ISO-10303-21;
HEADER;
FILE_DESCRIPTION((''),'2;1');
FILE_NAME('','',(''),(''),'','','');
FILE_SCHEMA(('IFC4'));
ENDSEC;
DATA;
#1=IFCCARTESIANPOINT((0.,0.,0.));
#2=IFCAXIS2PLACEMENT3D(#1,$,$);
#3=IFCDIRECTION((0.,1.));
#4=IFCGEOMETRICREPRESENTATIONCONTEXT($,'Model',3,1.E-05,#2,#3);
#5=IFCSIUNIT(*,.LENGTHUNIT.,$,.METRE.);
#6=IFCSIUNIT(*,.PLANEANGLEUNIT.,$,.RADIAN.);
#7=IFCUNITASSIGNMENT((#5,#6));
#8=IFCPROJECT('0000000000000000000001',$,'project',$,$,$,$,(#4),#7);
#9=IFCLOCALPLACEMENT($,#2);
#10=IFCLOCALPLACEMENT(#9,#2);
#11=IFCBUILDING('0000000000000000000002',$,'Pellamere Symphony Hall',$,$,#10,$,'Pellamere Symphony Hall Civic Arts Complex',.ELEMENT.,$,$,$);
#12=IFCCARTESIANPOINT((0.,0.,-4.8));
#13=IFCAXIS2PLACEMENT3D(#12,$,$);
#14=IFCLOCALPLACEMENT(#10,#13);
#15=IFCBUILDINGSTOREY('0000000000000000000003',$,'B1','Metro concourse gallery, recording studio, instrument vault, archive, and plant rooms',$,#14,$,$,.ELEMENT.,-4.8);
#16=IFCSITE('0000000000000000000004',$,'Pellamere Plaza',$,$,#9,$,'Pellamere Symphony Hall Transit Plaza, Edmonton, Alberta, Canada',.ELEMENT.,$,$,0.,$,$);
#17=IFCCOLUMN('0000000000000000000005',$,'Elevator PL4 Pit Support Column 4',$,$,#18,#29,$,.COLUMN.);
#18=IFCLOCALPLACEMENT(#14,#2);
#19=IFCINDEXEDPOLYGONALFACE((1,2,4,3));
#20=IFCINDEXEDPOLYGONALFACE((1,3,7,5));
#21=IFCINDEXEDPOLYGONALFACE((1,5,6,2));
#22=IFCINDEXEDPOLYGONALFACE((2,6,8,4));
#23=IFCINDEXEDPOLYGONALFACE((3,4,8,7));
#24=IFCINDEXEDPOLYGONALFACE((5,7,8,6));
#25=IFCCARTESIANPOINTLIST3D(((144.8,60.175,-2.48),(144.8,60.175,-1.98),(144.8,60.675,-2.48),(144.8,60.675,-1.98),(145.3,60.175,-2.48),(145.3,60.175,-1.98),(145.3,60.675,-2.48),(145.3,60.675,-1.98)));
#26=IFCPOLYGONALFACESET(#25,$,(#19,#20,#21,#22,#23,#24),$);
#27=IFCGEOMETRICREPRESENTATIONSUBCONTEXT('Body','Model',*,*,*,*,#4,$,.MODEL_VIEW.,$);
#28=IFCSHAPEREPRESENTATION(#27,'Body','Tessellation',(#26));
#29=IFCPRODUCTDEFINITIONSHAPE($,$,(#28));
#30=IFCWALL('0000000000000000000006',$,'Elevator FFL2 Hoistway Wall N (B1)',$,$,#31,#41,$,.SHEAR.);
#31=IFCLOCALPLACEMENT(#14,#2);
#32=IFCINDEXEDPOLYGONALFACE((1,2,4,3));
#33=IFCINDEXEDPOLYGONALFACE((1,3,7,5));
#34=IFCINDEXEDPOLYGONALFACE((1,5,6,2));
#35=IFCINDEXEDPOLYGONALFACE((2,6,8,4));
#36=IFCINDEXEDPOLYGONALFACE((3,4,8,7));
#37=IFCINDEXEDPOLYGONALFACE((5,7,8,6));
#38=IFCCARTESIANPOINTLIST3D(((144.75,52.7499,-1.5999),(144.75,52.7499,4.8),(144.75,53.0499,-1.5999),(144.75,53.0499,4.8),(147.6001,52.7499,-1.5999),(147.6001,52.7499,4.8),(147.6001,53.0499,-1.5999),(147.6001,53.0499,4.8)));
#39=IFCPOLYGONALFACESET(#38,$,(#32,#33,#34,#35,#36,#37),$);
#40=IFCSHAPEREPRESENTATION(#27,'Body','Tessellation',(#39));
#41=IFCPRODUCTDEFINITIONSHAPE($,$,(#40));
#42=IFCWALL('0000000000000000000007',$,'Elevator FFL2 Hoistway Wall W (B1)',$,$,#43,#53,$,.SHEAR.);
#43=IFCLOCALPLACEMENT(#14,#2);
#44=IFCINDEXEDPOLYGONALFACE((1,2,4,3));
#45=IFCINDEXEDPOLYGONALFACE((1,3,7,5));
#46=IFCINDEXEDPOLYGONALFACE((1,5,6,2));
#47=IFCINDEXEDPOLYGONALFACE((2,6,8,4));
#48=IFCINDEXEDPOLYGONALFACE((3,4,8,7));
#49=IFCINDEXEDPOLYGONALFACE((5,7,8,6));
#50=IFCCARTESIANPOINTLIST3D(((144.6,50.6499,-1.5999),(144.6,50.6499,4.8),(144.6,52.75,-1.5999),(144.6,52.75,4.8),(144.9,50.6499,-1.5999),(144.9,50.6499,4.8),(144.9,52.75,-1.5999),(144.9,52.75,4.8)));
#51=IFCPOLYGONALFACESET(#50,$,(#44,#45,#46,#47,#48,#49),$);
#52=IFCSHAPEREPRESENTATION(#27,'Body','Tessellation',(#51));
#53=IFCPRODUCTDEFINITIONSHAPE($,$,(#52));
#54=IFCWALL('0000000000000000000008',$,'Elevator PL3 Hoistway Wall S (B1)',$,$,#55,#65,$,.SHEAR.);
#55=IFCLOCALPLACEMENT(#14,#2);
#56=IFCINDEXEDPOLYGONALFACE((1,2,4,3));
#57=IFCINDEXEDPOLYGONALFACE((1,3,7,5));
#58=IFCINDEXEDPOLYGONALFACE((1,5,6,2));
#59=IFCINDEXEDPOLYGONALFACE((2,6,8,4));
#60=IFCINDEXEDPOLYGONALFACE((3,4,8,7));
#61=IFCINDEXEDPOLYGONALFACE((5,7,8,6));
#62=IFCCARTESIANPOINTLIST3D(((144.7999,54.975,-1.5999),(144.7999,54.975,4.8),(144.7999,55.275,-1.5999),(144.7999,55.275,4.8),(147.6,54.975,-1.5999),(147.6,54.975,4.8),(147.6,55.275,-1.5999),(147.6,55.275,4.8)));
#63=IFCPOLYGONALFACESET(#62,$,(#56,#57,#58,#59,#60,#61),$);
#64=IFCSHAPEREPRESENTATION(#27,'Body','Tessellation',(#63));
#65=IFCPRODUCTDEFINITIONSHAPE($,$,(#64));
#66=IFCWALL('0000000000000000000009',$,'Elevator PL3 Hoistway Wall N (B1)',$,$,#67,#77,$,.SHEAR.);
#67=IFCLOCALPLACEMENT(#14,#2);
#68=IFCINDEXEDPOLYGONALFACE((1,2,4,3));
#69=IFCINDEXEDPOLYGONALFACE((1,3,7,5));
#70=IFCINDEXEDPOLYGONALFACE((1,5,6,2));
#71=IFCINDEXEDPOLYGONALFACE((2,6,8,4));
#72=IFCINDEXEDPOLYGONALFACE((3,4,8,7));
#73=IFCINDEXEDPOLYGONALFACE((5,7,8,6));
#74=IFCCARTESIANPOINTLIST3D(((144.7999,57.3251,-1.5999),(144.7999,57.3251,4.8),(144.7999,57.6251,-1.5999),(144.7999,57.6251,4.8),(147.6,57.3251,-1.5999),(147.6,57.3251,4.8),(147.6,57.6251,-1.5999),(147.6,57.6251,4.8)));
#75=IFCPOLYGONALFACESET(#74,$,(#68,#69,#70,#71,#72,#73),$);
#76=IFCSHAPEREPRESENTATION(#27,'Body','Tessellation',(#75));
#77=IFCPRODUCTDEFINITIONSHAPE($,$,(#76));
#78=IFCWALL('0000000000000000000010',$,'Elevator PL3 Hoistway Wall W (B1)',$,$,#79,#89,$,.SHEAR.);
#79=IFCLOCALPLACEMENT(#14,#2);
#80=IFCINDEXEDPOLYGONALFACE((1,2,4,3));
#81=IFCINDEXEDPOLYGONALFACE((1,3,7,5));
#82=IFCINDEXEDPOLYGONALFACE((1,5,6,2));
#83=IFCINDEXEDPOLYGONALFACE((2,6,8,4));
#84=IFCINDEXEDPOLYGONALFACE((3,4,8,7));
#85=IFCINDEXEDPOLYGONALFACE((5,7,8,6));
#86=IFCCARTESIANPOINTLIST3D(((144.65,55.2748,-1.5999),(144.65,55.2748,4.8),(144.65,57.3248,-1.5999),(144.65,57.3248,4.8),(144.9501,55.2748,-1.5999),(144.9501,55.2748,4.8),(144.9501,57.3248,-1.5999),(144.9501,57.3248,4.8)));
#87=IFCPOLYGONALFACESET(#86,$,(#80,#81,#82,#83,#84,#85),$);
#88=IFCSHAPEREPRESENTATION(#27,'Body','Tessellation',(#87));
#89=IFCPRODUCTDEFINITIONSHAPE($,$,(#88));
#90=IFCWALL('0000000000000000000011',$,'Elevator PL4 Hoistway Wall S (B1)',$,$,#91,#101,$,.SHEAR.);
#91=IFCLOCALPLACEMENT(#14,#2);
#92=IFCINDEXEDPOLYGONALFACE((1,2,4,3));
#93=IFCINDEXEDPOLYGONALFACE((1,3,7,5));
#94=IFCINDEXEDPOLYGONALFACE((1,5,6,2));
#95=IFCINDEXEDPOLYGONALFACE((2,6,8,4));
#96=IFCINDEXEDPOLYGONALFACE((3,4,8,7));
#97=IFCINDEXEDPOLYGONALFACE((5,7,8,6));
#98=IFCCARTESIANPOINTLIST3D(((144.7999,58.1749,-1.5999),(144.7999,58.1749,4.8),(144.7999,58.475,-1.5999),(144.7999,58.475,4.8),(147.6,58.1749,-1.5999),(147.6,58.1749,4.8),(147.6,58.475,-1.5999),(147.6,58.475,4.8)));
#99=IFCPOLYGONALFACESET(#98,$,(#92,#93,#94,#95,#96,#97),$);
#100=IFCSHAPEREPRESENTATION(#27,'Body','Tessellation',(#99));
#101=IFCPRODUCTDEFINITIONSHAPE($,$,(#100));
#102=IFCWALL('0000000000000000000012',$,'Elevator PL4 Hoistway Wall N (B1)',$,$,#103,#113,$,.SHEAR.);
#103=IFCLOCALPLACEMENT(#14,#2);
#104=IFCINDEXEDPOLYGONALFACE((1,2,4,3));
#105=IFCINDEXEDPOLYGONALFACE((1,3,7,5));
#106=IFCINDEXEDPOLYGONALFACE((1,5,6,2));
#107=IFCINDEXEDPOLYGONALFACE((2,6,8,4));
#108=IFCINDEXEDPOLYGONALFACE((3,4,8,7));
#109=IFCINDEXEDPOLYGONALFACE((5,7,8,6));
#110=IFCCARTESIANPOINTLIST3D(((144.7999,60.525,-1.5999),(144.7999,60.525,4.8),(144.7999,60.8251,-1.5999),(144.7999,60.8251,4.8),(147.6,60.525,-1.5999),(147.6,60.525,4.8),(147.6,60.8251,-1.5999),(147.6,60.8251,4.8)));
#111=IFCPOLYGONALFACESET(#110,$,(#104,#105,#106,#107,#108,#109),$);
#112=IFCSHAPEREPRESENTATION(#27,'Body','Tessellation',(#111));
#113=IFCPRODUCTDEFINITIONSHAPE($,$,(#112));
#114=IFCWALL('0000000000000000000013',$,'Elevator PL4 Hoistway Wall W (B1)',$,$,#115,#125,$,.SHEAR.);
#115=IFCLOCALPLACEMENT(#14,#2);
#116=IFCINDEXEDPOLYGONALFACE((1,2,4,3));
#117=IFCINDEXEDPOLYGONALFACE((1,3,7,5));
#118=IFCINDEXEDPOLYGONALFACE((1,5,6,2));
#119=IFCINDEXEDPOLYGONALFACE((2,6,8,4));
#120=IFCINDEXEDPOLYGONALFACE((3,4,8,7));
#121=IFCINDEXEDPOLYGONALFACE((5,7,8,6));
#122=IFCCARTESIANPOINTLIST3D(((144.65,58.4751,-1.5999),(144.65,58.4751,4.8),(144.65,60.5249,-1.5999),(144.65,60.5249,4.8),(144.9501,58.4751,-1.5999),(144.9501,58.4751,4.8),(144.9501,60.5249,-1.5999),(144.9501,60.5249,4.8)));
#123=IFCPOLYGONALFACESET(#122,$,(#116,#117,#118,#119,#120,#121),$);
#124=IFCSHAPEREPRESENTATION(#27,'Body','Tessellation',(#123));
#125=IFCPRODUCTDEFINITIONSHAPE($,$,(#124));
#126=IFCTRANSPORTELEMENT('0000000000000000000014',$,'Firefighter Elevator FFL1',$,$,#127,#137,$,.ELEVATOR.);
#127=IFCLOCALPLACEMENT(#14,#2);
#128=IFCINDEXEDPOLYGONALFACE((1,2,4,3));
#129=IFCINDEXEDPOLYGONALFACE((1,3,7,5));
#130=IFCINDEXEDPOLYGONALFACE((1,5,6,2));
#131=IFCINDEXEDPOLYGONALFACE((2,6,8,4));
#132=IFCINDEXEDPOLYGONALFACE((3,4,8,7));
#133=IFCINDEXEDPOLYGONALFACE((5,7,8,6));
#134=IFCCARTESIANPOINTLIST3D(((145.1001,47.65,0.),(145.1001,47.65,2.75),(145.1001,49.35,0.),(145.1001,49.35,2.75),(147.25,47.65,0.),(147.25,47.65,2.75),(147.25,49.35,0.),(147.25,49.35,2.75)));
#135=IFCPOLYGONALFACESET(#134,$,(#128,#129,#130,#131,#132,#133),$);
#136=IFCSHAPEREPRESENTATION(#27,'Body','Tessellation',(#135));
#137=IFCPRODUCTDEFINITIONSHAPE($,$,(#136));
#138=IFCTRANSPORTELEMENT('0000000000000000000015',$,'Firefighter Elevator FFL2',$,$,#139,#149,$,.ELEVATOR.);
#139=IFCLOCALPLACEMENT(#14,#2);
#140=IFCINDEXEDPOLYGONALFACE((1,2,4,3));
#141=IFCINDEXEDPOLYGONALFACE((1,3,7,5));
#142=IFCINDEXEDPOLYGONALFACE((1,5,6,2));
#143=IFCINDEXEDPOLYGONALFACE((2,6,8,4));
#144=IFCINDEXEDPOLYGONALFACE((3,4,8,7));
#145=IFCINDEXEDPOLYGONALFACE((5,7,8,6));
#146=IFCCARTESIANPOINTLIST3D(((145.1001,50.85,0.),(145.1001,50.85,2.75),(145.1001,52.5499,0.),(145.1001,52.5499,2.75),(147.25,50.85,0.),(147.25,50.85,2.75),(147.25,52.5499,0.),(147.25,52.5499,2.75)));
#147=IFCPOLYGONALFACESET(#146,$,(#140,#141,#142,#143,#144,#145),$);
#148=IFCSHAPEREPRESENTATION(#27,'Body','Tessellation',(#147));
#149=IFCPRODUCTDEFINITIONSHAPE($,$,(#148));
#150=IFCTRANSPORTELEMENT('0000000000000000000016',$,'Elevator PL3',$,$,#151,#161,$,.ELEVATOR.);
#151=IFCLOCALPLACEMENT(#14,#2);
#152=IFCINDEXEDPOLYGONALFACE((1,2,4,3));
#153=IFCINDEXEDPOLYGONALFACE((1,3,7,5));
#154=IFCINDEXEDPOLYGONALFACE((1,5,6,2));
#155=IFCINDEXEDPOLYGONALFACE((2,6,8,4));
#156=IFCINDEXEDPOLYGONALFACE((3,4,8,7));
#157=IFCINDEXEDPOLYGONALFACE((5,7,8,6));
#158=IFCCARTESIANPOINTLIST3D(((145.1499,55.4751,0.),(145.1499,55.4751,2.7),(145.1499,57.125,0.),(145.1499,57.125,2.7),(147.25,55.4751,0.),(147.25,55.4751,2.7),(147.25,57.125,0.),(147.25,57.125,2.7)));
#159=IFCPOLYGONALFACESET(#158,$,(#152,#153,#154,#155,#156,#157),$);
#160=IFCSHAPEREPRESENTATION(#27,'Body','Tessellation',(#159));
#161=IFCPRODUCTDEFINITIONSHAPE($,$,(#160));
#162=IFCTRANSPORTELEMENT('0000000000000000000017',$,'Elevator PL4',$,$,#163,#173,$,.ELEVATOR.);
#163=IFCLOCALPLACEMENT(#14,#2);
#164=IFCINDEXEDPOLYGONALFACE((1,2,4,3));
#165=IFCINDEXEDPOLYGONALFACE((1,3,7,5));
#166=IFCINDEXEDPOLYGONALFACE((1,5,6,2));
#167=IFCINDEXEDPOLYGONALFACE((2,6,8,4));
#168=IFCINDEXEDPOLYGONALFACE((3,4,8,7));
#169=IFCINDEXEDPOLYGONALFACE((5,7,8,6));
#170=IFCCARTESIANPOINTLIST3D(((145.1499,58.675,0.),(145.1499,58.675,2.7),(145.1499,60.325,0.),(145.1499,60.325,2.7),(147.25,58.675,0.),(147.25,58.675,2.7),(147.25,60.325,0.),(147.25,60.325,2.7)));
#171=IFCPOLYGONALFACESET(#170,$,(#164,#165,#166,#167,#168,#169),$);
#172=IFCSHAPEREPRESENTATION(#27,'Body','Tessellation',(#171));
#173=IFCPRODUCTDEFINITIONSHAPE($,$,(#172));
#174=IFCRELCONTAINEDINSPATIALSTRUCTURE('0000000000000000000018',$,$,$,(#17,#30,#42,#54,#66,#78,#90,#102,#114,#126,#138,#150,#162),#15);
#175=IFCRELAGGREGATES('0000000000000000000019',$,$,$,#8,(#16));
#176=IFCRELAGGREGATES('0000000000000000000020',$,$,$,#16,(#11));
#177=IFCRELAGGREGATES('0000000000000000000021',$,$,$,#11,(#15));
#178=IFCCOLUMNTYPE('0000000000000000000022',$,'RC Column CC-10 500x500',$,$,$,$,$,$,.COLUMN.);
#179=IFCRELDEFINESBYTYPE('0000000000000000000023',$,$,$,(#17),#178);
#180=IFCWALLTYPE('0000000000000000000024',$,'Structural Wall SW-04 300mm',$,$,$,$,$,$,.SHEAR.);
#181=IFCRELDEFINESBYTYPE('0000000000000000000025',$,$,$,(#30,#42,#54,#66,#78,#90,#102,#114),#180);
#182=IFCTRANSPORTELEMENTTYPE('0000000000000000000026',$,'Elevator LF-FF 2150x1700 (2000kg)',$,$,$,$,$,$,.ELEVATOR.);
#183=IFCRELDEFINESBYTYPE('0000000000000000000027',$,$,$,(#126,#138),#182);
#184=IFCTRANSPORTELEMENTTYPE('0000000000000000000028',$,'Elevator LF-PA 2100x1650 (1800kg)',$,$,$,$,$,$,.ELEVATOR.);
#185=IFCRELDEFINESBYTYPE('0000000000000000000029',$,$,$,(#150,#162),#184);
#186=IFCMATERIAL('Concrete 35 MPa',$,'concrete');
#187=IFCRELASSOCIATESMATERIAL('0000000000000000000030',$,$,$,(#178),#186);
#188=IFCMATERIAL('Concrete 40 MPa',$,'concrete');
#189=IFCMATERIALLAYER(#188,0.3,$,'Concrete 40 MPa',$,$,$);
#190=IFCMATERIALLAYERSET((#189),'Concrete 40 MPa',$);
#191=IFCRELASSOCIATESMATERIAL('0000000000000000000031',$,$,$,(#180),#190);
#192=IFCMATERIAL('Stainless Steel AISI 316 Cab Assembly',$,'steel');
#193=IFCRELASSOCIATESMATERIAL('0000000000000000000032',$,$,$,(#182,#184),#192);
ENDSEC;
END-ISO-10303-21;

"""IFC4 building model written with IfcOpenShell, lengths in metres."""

from ifc_helpers import new_model, si_unit, direction, frame, frame_2d, origin, origin_2d, place, context, subcontext, project, spatial, rectangle, extrude, material, layer, layer_set, material_profile, profile_set, type_object, element, save


model = new_model("IFC4")

# Units and contexts
model_context = context("Model", 3, precision=1e-05, world=origin(), true_north=direction((0.0, 1.0)))
body_context = subcontext(model_context, "Body", "Model", "MODEL_VIEW")
ifc_project = project(units=[si_unit("LENGTHUNIT", "METRE"), si_unit("PLANEANGLEUNIT", "RADIAN")], contexts=[model_context])

# Site, building, storey
site_placement = place(None, origin())
site = spatial("IfcSite", under=ifc_project, at=site_placement, Name="Pellamere Plaza", LongName="Pellamere Symphony Hall Transit Plaza, Edmonton, Alberta, Canada", CompositionType="ELEMENT", RefElevation=0.0)
building_placement = place(site_placement, origin())
building = spatial("IfcBuilding", under=site, at=building_placement, Name="Pellamere Symphony Hall", LongName="Pellamere Symphony Hall Civic Arts Complex", CompositionType="ELEMENT")
storey_placement = place(building_placement, frame((0.0, 0.0, -4.8)))
storey = spatial("IfcBuildingStorey", under=building, at=storey_placement, Name="B1", Description="Metro concourse gallery, recording studio, instrument vault, archive, and plant rooms", CompositionType="ELEMENT", Elevation=-4.8)

# Shared definitions
ifc_material_1 = material(Name="Concrete 40 MPa", Category="concrete")
ifc_material_2 = material(Name="Concrete 35 MPa", Category="concrete")

# Column
ifc_material_profile_1 = material_profile(ifc_material_2, rectangle(XDim=0.5, YDim=0.5, at=origin_2d()), Name="RC 500x500")
ifc_profile_set_1 = profile_set([ifc_material_profile_1], Name="Concrete 35 MPa")
column_type_1 = type_object("IfcColumnType", Name="RC Column CC-10 500x500", PredefinedType="COLUMN", material=ifc_profile_set_1)
for number, where, z_axis, x_axis, name in (
    (1, (145.05, 60.425, -2.48), (0.0, 0.0, 1.0), (1.0, 0.0, 0.0), "Elevator PL4 Pit Support Column 4"),
):
    element("IfcColumn", number, at=place(storey_placement, frame(where, z_axis=z_axis, x_axis=x_axis)), inside=storey, type_object=column_type_1, Name=name, PredefinedType="COLUMN", context=body_context, shape_type="SweptSolid", body=[
        extrude(rectangle(XDim=0.5, YDim=0.5, at=origin_2d()), origin(), (0.0, 0.0, 1.0), 0.5),
    ])

# Walls
ifc_layer = layer(ifc_material_1, 0.3, Name="Concrete 40 MPa")
ifc_layer_set = layer_set([ifc_layer], Name="Concrete 40 MPa")
wall_type = type_object("IfcWallType", Name="Structural Wall SW-04 300mm", PredefinedType="SHEAR", material=ifc_layer_set)
wall_1_placement = place(storey_placement, frame((144.75, 52.8999, -1.5999), z_axis=(0.0, 0.0, 1.0), x_axis=(1.0, 0.0, 0.0)))
element("IfcWall", 2, at=wall_1_placement, inside=storey, type_object=wall_type, Name="Elevator FFL2 Hoistway Wall N (B1)", PredefinedType="SHEAR", context=body_context, shape_type="SweptSolid", body=[
    extrude(rectangle(XDim=2.8501, YDim=0.3, at=frame_2d((1.425, 0.0))), origin(), (0.0, 0.0, 1.0), 6.3999),
])
wall_2_placement = place(storey_placement, frame((144.75, 50.6499, -1.5999), z_axis=(0.0, 0.0, 1.0), x_axis=(0.0, 1.0, 0.0)))
element("IfcWall", 3, at=wall_2_placement, inside=storey, type_object=wall_type, Name="Elevator FFL2 Hoistway Wall W (B1)", PredefinedType="SHEAR", context=body_context, shape_type="SweptSolid", body=[
    extrude(rectangle(XDim=2.1001, YDim=0.3, at=frame_2d((1.05, 0.0))), origin(), (0.0, 0.0, 1.0), 6.3999),
])
for number, where, z_axis, x_axis, name in (
    (4, (144.8, 55.125, -1.5999), (0.0, 0.0, 1.0), (1.0, 0.0, 0.0), "Elevator PL3 Hoistway Wall S (B1)"),
    (5, (144.8, 57.4751, -1.5999), (0.0, 0.0, 1.0), (1.0, 0.0, 0.0), "Elevator PL3 Hoistway Wall N (B1)"),
):
    element("IfcWall", number, at=place(storey_placement, frame(where, z_axis=z_axis, x_axis=x_axis)), inside=storey, type_object=wall_type, Name=name, PredefinedType="SHEAR", context=body_context, shape_type="SweptSolid", body=[
        extrude(rectangle(XDim=2.8, YDim=0.3, at=frame_2d((1.3999, 0.0))), origin(), (0.0, 0.0, 1.0), 6.3999),
    ])
wall_3_placement = place(storey_placement, frame((144.8, 55.2749, -1.5999), z_axis=(0.0, 0.0, 1.0), x_axis=(0.0, 1.0, 0.0)))
element("IfcWall", 6, at=wall_3_placement, inside=storey, type_object=wall_type, Name="Elevator PL3 Hoistway Wall W (B1)", PredefinedType="SHEAR", context=body_context, shape_type="SweptSolid", body=[
    extrude(rectangle(XDim=2.05, YDim=0.3, at=frame_2d((1.0249, 0.0))), origin(), (0.0, 0.0, 1.0), 6.3999),
])
for number, where, z_axis, x_axis, name in (
    (7, (144.8, 58.325, -1.5999), (0.0, 0.0, 1.0), (1.0, 0.0, 0.0), "Elevator PL4 Hoistway Wall S (B1)"),
    (8, (144.8, 60.675, -1.5999), (0.0, 0.0, 1.0), (1.0, 0.0, 0.0), "Elevator PL4 Hoistway Wall N (B1)"),
):
    element("IfcWall", number, at=place(storey_placement, frame(where, z_axis=z_axis, x_axis=x_axis)), inside=storey, type_object=wall_type, Name=name, PredefinedType="SHEAR", context=body_context, shape_type="SweptSolid", body=[
        extrude(rectangle(XDim=2.8, YDim=0.3, at=frame_2d((1.3999, 0.0))), origin(), (0.0, 0.0, 1.0), 6.3999),
    ])
wall_4_placement = place(storey_placement, frame((144.8, 58.4751, -1.5999), z_axis=(0.0, 0.0, 1.0), x_axis=(0.0, 1.0, 0.0)))
element("IfcWall", 9, at=wall_4_placement, inside=storey, type_object=wall_type, Name="Elevator PL4 Hoistway Wall W (B1)", PredefinedType="SHEAR", context=body_context, shape_type="SweptSolid", body=[
    extrude(rectangle(XDim=2.0498, YDim=0.3, at=frame_2d((1.0249, 0.0))), origin(), (0.0, 0.0, 1.0), 6.3999),
])

# Transport elements
ifc_material_3 = material(Name="Stainless Steel AISI 316 Cab Assembly", Category="steel")
transport_element_type_1 = type_object("IfcTransportElementType", Name="Elevator LF-FF 2150x1700 (2000kg)", PredefinedType="ELEVATOR", material=ifc_material_3)
for number, where, z_axis, x_axis, name in (
    (10, (146.175, 48.5, 0.0), (0.0, 0.0, 1.0), (1.0, 0.0, 0.0), "Firefighter Elevator FFL1"),
    (11, (146.175, 51.7, 0.0), (0.0, 0.0, 1.0), (1.0, 0.0, 0.0), "Firefighter Elevator FFL2"),
):
    element("IfcTransportElement", number, at=place(storey_placement, frame(where, z_axis=z_axis, x_axis=x_axis)), inside=storey, type_object=transport_element_type_1, Name=name, PredefinedType="ELEVATOR", context=body_context, shape_type="SweptSolid", body=[
        extrude(rectangle(XDim=2.1499, YDim=1.7, at=origin_2d()), origin(), (0.0, 0.0, 1.0), 2.75),
    ])
transport_element_type_2 = type_object("IfcTransportElementType", Name="Elevator LF-PA 2100x1650 (1800kg)", PredefinedType="ELEVATOR", material=ifc_material_3)
for number, where, z_axis, x_axis, name in (
    (12, (146.2, 56.3, 0.0), (0.0, 0.0, 1.0), (1.0, 0.0, 0.0), "Elevator PL3"),
    (13, (146.2, 59.5, 0.0), (0.0, 0.0, 1.0), (1.0, 0.0, 0.0), "Elevator PL4"),
):
    element("IfcTransportElement", number, at=place(storey_placement, frame(where, z_axis=z_axis, x_axis=x_axis)), inside=storey, type_object=transport_element_type_2, Name=name, PredefinedType="ELEVATOR", context=body_context, shape_type="SweptSolid", body=[
        extrude(rectangle(XDim=2.1001, YDim=1.6499, at=origin_2d()), origin(), (0.0, 0.0, 1.0), 2.7),
    ])

save(model, "model.ifc")
